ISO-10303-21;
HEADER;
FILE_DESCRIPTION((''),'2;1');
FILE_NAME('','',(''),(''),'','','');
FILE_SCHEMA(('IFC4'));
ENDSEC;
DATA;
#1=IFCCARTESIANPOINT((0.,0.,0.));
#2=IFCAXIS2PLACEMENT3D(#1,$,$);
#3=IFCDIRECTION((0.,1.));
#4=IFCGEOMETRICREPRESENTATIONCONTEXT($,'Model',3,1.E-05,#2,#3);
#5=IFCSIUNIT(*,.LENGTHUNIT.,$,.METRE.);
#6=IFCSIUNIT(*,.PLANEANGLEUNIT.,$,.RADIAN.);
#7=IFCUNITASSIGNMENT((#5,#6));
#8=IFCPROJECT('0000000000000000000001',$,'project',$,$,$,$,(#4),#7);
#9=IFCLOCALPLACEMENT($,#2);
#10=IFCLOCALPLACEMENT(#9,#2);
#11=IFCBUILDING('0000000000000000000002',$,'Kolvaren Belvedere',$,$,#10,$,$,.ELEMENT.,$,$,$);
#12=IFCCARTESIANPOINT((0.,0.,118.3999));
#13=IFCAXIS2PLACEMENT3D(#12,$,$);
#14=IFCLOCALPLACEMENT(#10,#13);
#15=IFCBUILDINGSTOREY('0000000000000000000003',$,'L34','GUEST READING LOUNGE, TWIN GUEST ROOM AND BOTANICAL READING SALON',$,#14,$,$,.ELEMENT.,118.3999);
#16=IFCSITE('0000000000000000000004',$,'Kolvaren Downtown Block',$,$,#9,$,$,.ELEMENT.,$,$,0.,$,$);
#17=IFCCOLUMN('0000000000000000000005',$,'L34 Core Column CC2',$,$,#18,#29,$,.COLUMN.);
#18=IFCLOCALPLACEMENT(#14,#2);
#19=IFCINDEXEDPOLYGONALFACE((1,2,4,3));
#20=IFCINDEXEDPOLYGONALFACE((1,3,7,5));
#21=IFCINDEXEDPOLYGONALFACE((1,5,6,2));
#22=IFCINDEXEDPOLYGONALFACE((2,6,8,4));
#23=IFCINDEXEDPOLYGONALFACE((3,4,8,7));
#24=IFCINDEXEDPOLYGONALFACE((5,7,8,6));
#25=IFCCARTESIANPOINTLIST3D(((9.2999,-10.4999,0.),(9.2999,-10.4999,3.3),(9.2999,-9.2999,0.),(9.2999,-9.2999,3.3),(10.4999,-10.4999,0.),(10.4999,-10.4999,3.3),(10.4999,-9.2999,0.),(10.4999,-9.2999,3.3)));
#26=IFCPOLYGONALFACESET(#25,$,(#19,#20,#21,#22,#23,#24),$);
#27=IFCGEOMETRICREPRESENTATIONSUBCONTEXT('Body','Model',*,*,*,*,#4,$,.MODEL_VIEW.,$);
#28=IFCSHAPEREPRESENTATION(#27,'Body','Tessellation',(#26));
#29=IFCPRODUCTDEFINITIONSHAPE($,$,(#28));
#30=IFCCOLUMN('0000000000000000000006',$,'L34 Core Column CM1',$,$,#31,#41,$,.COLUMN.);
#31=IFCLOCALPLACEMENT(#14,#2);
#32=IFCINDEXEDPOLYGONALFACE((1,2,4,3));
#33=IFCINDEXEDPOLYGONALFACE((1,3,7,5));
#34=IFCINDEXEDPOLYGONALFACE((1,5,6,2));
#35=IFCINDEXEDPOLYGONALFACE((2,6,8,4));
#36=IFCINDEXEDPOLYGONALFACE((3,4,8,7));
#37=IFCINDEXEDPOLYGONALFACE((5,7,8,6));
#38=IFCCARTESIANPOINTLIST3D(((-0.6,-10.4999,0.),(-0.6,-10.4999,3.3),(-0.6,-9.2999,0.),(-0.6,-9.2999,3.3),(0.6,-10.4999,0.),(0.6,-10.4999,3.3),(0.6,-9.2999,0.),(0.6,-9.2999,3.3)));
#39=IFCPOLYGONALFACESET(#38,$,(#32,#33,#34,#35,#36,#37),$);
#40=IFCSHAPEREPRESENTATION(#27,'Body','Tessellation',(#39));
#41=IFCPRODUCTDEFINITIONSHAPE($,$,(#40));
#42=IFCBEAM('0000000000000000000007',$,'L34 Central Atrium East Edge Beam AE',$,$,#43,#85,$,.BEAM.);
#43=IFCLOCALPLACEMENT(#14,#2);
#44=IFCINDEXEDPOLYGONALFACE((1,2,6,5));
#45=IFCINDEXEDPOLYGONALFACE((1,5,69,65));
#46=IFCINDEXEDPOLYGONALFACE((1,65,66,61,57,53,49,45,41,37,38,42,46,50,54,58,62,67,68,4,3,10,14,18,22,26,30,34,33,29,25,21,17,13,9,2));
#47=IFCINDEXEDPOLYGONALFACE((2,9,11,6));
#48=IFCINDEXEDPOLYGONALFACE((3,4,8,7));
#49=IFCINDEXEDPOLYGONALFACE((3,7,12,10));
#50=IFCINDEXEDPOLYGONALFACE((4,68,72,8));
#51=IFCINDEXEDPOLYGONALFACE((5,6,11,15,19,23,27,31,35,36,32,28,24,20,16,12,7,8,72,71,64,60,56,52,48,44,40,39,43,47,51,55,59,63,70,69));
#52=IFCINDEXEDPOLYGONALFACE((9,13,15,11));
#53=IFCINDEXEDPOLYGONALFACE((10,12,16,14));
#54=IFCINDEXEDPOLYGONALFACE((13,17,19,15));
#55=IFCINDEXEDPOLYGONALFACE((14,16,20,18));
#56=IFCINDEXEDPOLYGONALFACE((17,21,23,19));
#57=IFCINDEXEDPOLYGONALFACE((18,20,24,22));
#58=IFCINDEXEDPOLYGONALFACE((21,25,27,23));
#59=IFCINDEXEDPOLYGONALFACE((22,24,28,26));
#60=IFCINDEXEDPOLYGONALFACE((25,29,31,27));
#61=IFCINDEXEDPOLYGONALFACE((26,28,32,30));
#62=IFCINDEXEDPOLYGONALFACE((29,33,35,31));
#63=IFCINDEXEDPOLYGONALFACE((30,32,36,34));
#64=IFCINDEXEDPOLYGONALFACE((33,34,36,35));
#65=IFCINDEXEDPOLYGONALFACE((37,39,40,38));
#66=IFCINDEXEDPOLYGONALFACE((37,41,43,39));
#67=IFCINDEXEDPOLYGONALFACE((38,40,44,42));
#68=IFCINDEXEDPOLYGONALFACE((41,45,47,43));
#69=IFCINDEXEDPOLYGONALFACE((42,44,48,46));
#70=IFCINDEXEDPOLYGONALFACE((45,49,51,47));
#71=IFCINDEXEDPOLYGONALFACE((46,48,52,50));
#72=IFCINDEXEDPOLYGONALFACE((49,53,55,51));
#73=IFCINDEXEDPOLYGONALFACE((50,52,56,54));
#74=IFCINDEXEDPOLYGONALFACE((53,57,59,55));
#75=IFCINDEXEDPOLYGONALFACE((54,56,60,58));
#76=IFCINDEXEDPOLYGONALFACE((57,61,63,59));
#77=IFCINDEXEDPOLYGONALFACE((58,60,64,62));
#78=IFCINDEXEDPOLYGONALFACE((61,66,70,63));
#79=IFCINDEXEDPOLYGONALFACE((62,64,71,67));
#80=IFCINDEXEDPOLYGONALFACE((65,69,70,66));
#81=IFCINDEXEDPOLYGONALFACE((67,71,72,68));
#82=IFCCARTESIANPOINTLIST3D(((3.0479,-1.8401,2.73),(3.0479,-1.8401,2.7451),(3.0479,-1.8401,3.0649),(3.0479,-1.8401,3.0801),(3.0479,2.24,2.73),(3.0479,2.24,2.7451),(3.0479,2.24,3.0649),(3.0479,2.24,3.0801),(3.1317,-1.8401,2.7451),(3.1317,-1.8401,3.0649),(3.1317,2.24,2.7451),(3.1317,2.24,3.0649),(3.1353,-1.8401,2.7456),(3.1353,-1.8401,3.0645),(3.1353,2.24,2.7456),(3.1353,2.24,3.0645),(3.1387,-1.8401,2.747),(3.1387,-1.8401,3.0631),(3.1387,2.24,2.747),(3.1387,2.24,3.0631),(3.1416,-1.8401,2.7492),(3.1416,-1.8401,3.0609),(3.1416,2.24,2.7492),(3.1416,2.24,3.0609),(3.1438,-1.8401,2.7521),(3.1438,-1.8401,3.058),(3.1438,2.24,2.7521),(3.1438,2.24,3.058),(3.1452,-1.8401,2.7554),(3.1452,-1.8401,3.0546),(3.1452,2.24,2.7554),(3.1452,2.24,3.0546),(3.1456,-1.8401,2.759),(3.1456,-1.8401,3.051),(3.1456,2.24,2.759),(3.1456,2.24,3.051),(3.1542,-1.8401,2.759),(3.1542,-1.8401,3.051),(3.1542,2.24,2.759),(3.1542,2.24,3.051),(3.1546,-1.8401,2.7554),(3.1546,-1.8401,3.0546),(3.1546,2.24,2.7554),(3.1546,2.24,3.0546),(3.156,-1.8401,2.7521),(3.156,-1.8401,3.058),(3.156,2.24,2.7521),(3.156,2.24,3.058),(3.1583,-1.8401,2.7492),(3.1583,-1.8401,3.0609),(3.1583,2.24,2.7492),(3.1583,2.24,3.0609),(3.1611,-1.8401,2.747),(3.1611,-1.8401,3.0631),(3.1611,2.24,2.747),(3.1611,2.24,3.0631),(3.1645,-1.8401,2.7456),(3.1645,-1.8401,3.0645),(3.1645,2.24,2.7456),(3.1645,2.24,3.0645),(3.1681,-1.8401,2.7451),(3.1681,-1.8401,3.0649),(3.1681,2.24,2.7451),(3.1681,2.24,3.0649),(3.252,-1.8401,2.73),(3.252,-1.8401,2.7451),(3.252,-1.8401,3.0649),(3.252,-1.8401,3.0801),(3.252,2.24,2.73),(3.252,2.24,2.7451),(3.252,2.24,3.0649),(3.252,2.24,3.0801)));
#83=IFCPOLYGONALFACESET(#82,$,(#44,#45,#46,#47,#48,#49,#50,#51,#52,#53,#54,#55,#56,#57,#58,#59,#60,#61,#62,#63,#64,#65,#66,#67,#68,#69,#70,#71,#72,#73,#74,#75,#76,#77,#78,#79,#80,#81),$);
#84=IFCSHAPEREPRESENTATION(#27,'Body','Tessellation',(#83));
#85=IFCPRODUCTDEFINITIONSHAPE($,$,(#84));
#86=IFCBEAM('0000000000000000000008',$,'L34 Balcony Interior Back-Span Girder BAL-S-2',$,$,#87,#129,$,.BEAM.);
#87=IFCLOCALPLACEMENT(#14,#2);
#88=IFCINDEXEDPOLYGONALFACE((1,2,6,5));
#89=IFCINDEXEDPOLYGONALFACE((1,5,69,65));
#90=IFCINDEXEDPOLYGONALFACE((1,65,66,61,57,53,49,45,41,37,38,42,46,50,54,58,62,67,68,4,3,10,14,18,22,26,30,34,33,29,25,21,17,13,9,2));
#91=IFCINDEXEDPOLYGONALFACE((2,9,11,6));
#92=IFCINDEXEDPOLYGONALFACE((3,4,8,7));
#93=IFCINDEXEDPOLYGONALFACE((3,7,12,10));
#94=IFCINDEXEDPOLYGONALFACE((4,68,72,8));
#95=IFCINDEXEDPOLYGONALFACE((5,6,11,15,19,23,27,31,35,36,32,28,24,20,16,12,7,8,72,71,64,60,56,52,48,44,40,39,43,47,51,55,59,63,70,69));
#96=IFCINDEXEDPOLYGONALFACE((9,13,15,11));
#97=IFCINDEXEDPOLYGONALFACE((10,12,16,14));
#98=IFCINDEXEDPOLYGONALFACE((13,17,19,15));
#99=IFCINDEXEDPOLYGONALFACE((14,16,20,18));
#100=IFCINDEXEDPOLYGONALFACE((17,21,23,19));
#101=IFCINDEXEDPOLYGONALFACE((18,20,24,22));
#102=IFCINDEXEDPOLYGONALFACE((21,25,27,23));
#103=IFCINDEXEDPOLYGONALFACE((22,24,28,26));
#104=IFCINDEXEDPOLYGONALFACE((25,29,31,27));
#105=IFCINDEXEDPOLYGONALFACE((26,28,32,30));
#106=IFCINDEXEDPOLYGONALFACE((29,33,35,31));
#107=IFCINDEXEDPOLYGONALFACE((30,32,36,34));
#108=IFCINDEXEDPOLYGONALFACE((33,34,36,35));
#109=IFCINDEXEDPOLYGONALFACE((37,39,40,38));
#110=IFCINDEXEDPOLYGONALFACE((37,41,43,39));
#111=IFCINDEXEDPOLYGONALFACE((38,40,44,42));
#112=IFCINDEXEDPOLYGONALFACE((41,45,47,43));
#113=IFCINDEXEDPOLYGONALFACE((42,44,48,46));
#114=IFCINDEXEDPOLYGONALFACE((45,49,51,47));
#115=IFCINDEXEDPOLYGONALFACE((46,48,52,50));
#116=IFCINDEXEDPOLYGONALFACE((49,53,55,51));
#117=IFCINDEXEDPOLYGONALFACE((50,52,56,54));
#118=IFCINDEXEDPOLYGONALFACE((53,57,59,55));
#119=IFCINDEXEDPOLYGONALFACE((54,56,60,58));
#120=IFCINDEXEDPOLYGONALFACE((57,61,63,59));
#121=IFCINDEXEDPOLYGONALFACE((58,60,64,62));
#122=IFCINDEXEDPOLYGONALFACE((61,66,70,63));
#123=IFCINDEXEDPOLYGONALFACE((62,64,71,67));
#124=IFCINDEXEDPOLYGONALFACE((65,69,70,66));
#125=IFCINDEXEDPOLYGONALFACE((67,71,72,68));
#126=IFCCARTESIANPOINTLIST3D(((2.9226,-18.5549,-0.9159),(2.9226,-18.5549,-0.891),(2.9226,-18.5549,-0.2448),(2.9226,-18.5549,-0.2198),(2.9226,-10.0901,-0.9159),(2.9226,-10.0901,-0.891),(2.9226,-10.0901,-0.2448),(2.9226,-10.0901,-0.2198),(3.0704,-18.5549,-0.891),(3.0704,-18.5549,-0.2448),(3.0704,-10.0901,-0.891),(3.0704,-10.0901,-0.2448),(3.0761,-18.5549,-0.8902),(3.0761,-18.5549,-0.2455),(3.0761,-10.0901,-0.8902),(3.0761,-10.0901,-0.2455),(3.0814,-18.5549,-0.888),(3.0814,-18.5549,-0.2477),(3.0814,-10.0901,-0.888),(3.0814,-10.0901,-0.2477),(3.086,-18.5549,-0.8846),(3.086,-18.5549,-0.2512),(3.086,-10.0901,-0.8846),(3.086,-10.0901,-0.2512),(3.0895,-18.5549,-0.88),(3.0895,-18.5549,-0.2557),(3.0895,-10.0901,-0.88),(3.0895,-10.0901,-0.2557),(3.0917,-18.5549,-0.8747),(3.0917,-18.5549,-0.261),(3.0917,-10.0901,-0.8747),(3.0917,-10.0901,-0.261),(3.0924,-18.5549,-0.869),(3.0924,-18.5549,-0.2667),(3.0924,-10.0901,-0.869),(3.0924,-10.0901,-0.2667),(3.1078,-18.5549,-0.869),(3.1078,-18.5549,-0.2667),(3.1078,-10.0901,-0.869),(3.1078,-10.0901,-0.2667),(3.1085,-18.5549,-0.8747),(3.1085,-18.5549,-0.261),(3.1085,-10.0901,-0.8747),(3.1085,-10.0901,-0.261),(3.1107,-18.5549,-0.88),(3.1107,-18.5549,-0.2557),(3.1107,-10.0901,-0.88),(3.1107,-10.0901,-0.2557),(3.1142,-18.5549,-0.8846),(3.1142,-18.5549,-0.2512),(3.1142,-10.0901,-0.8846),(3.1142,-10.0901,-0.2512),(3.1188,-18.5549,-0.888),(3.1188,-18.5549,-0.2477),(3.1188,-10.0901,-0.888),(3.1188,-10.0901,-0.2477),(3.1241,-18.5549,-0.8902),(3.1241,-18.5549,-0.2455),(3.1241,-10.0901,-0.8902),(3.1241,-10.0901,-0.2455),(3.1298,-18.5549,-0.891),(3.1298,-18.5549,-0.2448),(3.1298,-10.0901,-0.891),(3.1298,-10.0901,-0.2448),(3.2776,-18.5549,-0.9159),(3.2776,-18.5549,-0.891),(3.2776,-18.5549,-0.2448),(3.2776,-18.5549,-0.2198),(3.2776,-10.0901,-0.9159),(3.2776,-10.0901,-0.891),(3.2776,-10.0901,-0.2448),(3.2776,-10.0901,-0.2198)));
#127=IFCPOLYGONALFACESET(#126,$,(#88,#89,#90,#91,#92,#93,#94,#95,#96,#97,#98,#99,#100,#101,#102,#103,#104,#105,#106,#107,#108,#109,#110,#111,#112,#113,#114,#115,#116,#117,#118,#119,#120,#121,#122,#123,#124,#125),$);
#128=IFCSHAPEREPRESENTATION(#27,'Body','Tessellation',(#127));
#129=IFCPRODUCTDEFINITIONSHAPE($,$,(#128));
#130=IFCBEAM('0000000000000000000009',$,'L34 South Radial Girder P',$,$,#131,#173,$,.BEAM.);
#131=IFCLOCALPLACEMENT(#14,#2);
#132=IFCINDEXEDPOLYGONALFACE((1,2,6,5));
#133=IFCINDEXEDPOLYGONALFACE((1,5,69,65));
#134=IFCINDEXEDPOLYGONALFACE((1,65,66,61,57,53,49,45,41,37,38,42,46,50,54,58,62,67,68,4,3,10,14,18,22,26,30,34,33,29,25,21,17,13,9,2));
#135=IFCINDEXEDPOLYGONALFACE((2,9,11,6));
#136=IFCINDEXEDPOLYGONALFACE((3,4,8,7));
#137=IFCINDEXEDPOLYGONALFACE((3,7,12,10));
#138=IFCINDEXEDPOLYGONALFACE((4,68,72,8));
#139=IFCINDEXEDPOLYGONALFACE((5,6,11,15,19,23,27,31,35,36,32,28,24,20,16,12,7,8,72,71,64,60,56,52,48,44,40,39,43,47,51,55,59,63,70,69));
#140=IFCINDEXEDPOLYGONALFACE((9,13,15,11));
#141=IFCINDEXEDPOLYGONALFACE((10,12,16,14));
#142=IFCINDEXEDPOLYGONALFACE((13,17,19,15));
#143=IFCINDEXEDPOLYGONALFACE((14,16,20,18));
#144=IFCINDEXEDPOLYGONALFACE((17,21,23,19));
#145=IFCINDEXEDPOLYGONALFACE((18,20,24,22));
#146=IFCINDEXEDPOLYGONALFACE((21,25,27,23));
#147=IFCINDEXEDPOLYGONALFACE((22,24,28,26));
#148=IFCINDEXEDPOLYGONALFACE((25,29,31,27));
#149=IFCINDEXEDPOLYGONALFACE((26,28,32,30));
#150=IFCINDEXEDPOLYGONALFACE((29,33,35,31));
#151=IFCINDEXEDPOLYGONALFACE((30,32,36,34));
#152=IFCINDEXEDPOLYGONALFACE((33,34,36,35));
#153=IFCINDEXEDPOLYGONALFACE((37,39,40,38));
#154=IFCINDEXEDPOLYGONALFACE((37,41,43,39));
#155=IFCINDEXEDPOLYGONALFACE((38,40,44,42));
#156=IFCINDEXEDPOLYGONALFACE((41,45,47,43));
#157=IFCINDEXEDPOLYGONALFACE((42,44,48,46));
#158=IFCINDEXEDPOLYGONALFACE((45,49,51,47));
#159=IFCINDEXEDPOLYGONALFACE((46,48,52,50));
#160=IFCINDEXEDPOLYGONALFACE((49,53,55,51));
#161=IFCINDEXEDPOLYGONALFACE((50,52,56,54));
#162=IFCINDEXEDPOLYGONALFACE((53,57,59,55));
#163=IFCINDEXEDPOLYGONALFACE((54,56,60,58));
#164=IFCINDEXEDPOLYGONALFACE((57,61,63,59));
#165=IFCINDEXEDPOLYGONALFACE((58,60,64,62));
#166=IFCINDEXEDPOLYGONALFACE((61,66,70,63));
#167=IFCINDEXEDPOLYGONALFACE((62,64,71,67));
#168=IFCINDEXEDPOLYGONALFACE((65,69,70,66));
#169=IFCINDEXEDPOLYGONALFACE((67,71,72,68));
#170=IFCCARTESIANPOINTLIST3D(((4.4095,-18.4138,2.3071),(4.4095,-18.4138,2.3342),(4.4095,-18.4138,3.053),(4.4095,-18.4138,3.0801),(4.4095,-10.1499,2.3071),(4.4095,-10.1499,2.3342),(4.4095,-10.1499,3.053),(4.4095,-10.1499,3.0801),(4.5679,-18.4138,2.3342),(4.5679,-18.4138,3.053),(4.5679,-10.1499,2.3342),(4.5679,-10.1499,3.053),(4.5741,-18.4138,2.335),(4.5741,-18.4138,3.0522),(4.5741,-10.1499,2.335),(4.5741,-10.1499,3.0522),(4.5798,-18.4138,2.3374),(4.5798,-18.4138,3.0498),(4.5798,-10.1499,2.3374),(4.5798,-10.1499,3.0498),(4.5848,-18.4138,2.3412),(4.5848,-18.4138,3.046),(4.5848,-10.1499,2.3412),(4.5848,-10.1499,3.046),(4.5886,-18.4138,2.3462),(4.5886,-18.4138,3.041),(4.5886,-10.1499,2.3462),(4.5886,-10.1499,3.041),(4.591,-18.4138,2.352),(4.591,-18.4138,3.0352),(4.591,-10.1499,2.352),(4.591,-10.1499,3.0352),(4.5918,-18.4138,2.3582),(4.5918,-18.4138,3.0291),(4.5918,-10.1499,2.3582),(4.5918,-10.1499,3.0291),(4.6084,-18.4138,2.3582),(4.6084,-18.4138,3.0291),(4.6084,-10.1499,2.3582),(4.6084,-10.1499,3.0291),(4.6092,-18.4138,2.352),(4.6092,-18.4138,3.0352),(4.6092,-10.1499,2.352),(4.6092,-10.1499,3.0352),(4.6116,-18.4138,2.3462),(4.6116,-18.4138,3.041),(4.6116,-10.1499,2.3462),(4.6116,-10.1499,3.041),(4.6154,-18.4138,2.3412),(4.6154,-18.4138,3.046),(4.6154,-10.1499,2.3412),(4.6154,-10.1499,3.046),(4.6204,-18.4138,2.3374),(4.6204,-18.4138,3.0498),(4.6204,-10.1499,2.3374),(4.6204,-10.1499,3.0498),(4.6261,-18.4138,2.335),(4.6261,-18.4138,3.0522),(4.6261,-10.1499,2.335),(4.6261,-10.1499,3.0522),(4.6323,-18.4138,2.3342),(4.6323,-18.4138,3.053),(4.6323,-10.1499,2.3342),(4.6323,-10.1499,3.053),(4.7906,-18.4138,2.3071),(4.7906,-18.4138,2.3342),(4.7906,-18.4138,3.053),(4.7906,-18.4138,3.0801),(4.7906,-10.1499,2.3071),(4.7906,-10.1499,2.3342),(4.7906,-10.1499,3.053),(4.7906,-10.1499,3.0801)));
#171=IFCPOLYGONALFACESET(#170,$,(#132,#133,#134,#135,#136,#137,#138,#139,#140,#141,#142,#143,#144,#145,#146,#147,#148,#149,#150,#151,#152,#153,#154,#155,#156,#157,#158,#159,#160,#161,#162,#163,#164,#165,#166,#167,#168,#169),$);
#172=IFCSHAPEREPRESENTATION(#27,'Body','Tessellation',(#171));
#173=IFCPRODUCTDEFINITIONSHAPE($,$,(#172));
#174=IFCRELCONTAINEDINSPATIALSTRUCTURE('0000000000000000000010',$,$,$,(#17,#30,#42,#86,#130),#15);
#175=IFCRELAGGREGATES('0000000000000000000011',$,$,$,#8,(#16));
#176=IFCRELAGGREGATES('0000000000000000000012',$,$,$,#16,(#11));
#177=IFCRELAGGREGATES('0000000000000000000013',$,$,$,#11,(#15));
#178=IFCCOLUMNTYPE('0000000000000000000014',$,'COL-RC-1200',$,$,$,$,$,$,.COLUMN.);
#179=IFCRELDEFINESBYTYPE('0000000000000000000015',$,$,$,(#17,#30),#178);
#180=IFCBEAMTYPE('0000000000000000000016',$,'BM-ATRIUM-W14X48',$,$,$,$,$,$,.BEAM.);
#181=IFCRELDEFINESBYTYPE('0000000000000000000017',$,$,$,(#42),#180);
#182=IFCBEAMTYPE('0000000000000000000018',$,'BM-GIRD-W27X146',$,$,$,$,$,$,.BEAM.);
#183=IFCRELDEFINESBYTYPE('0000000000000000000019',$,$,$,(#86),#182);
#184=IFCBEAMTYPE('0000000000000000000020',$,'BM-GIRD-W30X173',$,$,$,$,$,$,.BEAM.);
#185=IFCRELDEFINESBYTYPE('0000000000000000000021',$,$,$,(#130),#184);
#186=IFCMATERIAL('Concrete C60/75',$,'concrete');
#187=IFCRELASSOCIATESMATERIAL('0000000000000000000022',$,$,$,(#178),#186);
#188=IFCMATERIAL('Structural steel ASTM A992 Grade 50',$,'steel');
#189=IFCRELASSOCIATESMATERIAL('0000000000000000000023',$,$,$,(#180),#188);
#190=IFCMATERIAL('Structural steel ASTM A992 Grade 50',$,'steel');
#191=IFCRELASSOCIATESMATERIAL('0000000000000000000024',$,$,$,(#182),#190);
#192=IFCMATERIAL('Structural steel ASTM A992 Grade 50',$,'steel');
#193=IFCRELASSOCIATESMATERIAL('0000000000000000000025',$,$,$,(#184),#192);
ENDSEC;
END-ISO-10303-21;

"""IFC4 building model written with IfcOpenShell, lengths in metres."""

from ifc_helpers import new_model, si_unit, direction, frame, origin, origin_2d, place, context, subcontext, project, spatial, rectangle, i_section, extrude, material, material_profile, profile_set, type_object, element, save


model = new_model("IFC4")

# Units and contexts
model_context = context("Model", 3, precision=1e-05, world=origin(), true_north=direction((0.0, 1.0)))
body_context = subcontext(model_context, "Body", "Model", "MODEL_VIEW")
ifc_project = project(units=[si_unit("LENGTHUNIT", "METRE"), si_unit("PLANEANGLEUNIT", "RADIAN")], contexts=[model_context])

# Site, building, storey
site_placement = place(None, origin())
site = spatial("IfcSite", under=ifc_project, at=site_placement, Name="Kolvaren Downtown Block", CompositionType="ELEMENT", RefElevation=0.0)
building_placement = place(site_placement, origin())
building = spatial("IfcBuilding", under=site, at=building_placement, Name="Kolvaren Belvedere", CompositionType="ELEMENT")
storey_placement = place(building_placement, frame((0.0, 0.0, 118.3999)))
storey = spatial("IfcBuildingStorey", under=building, at=storey_placement, Name="L34", Description="GUEST READING LOUNGE, TWIN GUEST ROOM AND BOTANICAL READING SALON", CompositionType="ELEMENT", Elevation=118.3999)

# Columns
ifc_material_1 = material(Name="Concrete C60/75", Category="concrete")
ifc_material_profile_1 = material_profile(ifc_material_1, rectangle(XDim=1.2, YDim=1.2, at=origin_2d()), Name="RC 1200X1200")
ifc_profile_set_1 = profile_set([ifc_material_profile_1], Name="Concrete C60/75")
column_type = type_object("IfcColumnType", Name="COL-RC-1200", PredefinedType="COLUMN", material=ifc_profile_set_1)
for number, where, z_axis, x_axis, name in (
    (1, (9.8999, -9.8999, 0.0), (0.0, 0.0, 1.0), (1.0, 0.0, 0.0), "L34 Core Column CC2"),
    (2, (0.0, -9.8999, 0.0), (0.0, 0.0, 1.0), (1.0, 0.0, 0.0), "L34 Core Column CM1"),
):
    element("IfcColumn", number, at=place(storey_placement, frame(where, z_axis=z_axis, x_axis=x_axis)), inside=storey, type_object=column_type, Name=name, PredefinedType="COLUMN", context=body_context, shape_type="SweptSolid", body=[
        extrude(rectangle(XDim=1.2, YDim=1.2, at=origin_2d()), origin(), (0.0, 0.0, 1.0), 3.3),
    ])

# Beams
ifc_material_2 = material(Name="Structural steel ASTM A992 Grade 50", Category="steel")
ifc_material_profile_2 = material_profile(ifc_material_2, i_section(OverallWidth=0.2041, OverallDepth=0.3501, WebThickness=0.0085, FlangeThickness=0.0151, FilletRadius=0.0139, at=origin_2d()), Name="W14X48")
ifc_profile_set_2 = profile_set([ifc_material_profile_2], Name="Structural steel ASTM A992 Grade 50")
beam_type_1 = type_object("IfcBeamType", Name="BM-ATRIUM-W14X48", PredefinedType="BEAM", material=ifc_profile_set_2)
beam_1_placement = place(storey_placement, frame((3.1499, -1.8401, 2.905), z_axis=(0.0, 1.0, 0.0), x_axis=(-1.0, 0.0, 0.0)))
element("IfcBeam", 3, at=beam_1_placement, inside=storey, type_object=beam_type_1, Name="L34 Central Atrium East Edge Beam AE", PredefinedType="BEAM", context=body_context, shape_type="SweptSolid", body=[
    extrude(i_section(OverallWidth=0.2041, OverallDepth=0.3501, WebThickness=0.0085, FlangeThickness=0.0151, FilletRadius=0.0139, at=origin_2d()), origin(), (0.0, 0.0, 1.0), 4.0801),
])
ifc_material_3 = material(Name="Structural steel ASTM A992 Grade 50", Category="steel")
ifc_material_profile_3 = material_profile(ifc_material_3, i_section(OverallWidth=0.355, OverallDepth=0.696, WebThickness=0.0154, FlangeThickness=0.0249, FilletRadius=0.022, at=origin_2d()), Name="W27X146")
ifc_profile_set_3 = profile_set([ifc_material_profile_3], Name="Structural steel ASTM A992 Grade 50")
beam_type_2 = type_object("IfcBeamType", Name="BM-GIRD-W27X146", PredefinedType="BEAM", material=ifc_profile_set_3)
beam_2_placement = place(storey_placement, frame((3.1001, -10.0901, -0.5679), z_axis=(0.0, -1.0, 0.0), x_axis=(1.0, 0.0, 0.0)))
element("IfcBeam", 4, at=beam_2_placement, inside=storey, type_object=beam_type_2, Name="L34 Balcony Interior Back-Span Girder BAL-S-2", PredefinedType="BEAM", context=body_context, shape_type="SweptSolid", body=[
    extrude(i_section(OverallWidth=0.355, OverallDepth=0.696, WebThickness=0.0154, FlangeThickness=0.0249, FilletRadius=0.022, at=origin_2d()), origin(), (0.0, 0.0, 1.0), 8.4648),
])
ifc_material_4 = material(Name="Structural steel ASTM A992 Grade 50", Category="steel")
ifc_material_profile_4 = material_profile(ifc_material_4, i_section(OverallWidth=0.3811, OverallDepth=0.7729, WebThickness=0.0166, FlangeThickness=0.0271, FilletRadius=0.0239, at=origin_2d()), Name="W30X173")
ifc_profile_set_4 = profile_set([ifc_material_profile_4], Name="Structural steel ASTM A992 Grade 50")
beam_type_3 = type_object("IfcBeamType", Name="BM-GIRD-W30X173", PredefinedType="BEAM", material=ifc_profile_set_4)
beam_3_placement = place(storey_placement, frame((4.6001, -10.1499, 2.6936), z_axis=(0.0, -1.0, 0.0), x_axis=(1.0, 0.0, 0.0)))
element("IfcBeam", 5, at=beam_3_placement, inside=storey, type_object=beam_type_3, Name="L34 South Radial Girder P", PredefinedType="BEAM", context=body_context, shape_type="SweptSolid", body=[
    extrude(i_section(OverallWidth=0.3811, OverallDepth=0.7729, WebThickness=0.0166, FlangeThickness=0.0271, FilletRadius=0.0239, at=origin_2d()), origin(), (0.0, 0.0, 1.0), 8.2639),
])

save(model, "model.ifc")
